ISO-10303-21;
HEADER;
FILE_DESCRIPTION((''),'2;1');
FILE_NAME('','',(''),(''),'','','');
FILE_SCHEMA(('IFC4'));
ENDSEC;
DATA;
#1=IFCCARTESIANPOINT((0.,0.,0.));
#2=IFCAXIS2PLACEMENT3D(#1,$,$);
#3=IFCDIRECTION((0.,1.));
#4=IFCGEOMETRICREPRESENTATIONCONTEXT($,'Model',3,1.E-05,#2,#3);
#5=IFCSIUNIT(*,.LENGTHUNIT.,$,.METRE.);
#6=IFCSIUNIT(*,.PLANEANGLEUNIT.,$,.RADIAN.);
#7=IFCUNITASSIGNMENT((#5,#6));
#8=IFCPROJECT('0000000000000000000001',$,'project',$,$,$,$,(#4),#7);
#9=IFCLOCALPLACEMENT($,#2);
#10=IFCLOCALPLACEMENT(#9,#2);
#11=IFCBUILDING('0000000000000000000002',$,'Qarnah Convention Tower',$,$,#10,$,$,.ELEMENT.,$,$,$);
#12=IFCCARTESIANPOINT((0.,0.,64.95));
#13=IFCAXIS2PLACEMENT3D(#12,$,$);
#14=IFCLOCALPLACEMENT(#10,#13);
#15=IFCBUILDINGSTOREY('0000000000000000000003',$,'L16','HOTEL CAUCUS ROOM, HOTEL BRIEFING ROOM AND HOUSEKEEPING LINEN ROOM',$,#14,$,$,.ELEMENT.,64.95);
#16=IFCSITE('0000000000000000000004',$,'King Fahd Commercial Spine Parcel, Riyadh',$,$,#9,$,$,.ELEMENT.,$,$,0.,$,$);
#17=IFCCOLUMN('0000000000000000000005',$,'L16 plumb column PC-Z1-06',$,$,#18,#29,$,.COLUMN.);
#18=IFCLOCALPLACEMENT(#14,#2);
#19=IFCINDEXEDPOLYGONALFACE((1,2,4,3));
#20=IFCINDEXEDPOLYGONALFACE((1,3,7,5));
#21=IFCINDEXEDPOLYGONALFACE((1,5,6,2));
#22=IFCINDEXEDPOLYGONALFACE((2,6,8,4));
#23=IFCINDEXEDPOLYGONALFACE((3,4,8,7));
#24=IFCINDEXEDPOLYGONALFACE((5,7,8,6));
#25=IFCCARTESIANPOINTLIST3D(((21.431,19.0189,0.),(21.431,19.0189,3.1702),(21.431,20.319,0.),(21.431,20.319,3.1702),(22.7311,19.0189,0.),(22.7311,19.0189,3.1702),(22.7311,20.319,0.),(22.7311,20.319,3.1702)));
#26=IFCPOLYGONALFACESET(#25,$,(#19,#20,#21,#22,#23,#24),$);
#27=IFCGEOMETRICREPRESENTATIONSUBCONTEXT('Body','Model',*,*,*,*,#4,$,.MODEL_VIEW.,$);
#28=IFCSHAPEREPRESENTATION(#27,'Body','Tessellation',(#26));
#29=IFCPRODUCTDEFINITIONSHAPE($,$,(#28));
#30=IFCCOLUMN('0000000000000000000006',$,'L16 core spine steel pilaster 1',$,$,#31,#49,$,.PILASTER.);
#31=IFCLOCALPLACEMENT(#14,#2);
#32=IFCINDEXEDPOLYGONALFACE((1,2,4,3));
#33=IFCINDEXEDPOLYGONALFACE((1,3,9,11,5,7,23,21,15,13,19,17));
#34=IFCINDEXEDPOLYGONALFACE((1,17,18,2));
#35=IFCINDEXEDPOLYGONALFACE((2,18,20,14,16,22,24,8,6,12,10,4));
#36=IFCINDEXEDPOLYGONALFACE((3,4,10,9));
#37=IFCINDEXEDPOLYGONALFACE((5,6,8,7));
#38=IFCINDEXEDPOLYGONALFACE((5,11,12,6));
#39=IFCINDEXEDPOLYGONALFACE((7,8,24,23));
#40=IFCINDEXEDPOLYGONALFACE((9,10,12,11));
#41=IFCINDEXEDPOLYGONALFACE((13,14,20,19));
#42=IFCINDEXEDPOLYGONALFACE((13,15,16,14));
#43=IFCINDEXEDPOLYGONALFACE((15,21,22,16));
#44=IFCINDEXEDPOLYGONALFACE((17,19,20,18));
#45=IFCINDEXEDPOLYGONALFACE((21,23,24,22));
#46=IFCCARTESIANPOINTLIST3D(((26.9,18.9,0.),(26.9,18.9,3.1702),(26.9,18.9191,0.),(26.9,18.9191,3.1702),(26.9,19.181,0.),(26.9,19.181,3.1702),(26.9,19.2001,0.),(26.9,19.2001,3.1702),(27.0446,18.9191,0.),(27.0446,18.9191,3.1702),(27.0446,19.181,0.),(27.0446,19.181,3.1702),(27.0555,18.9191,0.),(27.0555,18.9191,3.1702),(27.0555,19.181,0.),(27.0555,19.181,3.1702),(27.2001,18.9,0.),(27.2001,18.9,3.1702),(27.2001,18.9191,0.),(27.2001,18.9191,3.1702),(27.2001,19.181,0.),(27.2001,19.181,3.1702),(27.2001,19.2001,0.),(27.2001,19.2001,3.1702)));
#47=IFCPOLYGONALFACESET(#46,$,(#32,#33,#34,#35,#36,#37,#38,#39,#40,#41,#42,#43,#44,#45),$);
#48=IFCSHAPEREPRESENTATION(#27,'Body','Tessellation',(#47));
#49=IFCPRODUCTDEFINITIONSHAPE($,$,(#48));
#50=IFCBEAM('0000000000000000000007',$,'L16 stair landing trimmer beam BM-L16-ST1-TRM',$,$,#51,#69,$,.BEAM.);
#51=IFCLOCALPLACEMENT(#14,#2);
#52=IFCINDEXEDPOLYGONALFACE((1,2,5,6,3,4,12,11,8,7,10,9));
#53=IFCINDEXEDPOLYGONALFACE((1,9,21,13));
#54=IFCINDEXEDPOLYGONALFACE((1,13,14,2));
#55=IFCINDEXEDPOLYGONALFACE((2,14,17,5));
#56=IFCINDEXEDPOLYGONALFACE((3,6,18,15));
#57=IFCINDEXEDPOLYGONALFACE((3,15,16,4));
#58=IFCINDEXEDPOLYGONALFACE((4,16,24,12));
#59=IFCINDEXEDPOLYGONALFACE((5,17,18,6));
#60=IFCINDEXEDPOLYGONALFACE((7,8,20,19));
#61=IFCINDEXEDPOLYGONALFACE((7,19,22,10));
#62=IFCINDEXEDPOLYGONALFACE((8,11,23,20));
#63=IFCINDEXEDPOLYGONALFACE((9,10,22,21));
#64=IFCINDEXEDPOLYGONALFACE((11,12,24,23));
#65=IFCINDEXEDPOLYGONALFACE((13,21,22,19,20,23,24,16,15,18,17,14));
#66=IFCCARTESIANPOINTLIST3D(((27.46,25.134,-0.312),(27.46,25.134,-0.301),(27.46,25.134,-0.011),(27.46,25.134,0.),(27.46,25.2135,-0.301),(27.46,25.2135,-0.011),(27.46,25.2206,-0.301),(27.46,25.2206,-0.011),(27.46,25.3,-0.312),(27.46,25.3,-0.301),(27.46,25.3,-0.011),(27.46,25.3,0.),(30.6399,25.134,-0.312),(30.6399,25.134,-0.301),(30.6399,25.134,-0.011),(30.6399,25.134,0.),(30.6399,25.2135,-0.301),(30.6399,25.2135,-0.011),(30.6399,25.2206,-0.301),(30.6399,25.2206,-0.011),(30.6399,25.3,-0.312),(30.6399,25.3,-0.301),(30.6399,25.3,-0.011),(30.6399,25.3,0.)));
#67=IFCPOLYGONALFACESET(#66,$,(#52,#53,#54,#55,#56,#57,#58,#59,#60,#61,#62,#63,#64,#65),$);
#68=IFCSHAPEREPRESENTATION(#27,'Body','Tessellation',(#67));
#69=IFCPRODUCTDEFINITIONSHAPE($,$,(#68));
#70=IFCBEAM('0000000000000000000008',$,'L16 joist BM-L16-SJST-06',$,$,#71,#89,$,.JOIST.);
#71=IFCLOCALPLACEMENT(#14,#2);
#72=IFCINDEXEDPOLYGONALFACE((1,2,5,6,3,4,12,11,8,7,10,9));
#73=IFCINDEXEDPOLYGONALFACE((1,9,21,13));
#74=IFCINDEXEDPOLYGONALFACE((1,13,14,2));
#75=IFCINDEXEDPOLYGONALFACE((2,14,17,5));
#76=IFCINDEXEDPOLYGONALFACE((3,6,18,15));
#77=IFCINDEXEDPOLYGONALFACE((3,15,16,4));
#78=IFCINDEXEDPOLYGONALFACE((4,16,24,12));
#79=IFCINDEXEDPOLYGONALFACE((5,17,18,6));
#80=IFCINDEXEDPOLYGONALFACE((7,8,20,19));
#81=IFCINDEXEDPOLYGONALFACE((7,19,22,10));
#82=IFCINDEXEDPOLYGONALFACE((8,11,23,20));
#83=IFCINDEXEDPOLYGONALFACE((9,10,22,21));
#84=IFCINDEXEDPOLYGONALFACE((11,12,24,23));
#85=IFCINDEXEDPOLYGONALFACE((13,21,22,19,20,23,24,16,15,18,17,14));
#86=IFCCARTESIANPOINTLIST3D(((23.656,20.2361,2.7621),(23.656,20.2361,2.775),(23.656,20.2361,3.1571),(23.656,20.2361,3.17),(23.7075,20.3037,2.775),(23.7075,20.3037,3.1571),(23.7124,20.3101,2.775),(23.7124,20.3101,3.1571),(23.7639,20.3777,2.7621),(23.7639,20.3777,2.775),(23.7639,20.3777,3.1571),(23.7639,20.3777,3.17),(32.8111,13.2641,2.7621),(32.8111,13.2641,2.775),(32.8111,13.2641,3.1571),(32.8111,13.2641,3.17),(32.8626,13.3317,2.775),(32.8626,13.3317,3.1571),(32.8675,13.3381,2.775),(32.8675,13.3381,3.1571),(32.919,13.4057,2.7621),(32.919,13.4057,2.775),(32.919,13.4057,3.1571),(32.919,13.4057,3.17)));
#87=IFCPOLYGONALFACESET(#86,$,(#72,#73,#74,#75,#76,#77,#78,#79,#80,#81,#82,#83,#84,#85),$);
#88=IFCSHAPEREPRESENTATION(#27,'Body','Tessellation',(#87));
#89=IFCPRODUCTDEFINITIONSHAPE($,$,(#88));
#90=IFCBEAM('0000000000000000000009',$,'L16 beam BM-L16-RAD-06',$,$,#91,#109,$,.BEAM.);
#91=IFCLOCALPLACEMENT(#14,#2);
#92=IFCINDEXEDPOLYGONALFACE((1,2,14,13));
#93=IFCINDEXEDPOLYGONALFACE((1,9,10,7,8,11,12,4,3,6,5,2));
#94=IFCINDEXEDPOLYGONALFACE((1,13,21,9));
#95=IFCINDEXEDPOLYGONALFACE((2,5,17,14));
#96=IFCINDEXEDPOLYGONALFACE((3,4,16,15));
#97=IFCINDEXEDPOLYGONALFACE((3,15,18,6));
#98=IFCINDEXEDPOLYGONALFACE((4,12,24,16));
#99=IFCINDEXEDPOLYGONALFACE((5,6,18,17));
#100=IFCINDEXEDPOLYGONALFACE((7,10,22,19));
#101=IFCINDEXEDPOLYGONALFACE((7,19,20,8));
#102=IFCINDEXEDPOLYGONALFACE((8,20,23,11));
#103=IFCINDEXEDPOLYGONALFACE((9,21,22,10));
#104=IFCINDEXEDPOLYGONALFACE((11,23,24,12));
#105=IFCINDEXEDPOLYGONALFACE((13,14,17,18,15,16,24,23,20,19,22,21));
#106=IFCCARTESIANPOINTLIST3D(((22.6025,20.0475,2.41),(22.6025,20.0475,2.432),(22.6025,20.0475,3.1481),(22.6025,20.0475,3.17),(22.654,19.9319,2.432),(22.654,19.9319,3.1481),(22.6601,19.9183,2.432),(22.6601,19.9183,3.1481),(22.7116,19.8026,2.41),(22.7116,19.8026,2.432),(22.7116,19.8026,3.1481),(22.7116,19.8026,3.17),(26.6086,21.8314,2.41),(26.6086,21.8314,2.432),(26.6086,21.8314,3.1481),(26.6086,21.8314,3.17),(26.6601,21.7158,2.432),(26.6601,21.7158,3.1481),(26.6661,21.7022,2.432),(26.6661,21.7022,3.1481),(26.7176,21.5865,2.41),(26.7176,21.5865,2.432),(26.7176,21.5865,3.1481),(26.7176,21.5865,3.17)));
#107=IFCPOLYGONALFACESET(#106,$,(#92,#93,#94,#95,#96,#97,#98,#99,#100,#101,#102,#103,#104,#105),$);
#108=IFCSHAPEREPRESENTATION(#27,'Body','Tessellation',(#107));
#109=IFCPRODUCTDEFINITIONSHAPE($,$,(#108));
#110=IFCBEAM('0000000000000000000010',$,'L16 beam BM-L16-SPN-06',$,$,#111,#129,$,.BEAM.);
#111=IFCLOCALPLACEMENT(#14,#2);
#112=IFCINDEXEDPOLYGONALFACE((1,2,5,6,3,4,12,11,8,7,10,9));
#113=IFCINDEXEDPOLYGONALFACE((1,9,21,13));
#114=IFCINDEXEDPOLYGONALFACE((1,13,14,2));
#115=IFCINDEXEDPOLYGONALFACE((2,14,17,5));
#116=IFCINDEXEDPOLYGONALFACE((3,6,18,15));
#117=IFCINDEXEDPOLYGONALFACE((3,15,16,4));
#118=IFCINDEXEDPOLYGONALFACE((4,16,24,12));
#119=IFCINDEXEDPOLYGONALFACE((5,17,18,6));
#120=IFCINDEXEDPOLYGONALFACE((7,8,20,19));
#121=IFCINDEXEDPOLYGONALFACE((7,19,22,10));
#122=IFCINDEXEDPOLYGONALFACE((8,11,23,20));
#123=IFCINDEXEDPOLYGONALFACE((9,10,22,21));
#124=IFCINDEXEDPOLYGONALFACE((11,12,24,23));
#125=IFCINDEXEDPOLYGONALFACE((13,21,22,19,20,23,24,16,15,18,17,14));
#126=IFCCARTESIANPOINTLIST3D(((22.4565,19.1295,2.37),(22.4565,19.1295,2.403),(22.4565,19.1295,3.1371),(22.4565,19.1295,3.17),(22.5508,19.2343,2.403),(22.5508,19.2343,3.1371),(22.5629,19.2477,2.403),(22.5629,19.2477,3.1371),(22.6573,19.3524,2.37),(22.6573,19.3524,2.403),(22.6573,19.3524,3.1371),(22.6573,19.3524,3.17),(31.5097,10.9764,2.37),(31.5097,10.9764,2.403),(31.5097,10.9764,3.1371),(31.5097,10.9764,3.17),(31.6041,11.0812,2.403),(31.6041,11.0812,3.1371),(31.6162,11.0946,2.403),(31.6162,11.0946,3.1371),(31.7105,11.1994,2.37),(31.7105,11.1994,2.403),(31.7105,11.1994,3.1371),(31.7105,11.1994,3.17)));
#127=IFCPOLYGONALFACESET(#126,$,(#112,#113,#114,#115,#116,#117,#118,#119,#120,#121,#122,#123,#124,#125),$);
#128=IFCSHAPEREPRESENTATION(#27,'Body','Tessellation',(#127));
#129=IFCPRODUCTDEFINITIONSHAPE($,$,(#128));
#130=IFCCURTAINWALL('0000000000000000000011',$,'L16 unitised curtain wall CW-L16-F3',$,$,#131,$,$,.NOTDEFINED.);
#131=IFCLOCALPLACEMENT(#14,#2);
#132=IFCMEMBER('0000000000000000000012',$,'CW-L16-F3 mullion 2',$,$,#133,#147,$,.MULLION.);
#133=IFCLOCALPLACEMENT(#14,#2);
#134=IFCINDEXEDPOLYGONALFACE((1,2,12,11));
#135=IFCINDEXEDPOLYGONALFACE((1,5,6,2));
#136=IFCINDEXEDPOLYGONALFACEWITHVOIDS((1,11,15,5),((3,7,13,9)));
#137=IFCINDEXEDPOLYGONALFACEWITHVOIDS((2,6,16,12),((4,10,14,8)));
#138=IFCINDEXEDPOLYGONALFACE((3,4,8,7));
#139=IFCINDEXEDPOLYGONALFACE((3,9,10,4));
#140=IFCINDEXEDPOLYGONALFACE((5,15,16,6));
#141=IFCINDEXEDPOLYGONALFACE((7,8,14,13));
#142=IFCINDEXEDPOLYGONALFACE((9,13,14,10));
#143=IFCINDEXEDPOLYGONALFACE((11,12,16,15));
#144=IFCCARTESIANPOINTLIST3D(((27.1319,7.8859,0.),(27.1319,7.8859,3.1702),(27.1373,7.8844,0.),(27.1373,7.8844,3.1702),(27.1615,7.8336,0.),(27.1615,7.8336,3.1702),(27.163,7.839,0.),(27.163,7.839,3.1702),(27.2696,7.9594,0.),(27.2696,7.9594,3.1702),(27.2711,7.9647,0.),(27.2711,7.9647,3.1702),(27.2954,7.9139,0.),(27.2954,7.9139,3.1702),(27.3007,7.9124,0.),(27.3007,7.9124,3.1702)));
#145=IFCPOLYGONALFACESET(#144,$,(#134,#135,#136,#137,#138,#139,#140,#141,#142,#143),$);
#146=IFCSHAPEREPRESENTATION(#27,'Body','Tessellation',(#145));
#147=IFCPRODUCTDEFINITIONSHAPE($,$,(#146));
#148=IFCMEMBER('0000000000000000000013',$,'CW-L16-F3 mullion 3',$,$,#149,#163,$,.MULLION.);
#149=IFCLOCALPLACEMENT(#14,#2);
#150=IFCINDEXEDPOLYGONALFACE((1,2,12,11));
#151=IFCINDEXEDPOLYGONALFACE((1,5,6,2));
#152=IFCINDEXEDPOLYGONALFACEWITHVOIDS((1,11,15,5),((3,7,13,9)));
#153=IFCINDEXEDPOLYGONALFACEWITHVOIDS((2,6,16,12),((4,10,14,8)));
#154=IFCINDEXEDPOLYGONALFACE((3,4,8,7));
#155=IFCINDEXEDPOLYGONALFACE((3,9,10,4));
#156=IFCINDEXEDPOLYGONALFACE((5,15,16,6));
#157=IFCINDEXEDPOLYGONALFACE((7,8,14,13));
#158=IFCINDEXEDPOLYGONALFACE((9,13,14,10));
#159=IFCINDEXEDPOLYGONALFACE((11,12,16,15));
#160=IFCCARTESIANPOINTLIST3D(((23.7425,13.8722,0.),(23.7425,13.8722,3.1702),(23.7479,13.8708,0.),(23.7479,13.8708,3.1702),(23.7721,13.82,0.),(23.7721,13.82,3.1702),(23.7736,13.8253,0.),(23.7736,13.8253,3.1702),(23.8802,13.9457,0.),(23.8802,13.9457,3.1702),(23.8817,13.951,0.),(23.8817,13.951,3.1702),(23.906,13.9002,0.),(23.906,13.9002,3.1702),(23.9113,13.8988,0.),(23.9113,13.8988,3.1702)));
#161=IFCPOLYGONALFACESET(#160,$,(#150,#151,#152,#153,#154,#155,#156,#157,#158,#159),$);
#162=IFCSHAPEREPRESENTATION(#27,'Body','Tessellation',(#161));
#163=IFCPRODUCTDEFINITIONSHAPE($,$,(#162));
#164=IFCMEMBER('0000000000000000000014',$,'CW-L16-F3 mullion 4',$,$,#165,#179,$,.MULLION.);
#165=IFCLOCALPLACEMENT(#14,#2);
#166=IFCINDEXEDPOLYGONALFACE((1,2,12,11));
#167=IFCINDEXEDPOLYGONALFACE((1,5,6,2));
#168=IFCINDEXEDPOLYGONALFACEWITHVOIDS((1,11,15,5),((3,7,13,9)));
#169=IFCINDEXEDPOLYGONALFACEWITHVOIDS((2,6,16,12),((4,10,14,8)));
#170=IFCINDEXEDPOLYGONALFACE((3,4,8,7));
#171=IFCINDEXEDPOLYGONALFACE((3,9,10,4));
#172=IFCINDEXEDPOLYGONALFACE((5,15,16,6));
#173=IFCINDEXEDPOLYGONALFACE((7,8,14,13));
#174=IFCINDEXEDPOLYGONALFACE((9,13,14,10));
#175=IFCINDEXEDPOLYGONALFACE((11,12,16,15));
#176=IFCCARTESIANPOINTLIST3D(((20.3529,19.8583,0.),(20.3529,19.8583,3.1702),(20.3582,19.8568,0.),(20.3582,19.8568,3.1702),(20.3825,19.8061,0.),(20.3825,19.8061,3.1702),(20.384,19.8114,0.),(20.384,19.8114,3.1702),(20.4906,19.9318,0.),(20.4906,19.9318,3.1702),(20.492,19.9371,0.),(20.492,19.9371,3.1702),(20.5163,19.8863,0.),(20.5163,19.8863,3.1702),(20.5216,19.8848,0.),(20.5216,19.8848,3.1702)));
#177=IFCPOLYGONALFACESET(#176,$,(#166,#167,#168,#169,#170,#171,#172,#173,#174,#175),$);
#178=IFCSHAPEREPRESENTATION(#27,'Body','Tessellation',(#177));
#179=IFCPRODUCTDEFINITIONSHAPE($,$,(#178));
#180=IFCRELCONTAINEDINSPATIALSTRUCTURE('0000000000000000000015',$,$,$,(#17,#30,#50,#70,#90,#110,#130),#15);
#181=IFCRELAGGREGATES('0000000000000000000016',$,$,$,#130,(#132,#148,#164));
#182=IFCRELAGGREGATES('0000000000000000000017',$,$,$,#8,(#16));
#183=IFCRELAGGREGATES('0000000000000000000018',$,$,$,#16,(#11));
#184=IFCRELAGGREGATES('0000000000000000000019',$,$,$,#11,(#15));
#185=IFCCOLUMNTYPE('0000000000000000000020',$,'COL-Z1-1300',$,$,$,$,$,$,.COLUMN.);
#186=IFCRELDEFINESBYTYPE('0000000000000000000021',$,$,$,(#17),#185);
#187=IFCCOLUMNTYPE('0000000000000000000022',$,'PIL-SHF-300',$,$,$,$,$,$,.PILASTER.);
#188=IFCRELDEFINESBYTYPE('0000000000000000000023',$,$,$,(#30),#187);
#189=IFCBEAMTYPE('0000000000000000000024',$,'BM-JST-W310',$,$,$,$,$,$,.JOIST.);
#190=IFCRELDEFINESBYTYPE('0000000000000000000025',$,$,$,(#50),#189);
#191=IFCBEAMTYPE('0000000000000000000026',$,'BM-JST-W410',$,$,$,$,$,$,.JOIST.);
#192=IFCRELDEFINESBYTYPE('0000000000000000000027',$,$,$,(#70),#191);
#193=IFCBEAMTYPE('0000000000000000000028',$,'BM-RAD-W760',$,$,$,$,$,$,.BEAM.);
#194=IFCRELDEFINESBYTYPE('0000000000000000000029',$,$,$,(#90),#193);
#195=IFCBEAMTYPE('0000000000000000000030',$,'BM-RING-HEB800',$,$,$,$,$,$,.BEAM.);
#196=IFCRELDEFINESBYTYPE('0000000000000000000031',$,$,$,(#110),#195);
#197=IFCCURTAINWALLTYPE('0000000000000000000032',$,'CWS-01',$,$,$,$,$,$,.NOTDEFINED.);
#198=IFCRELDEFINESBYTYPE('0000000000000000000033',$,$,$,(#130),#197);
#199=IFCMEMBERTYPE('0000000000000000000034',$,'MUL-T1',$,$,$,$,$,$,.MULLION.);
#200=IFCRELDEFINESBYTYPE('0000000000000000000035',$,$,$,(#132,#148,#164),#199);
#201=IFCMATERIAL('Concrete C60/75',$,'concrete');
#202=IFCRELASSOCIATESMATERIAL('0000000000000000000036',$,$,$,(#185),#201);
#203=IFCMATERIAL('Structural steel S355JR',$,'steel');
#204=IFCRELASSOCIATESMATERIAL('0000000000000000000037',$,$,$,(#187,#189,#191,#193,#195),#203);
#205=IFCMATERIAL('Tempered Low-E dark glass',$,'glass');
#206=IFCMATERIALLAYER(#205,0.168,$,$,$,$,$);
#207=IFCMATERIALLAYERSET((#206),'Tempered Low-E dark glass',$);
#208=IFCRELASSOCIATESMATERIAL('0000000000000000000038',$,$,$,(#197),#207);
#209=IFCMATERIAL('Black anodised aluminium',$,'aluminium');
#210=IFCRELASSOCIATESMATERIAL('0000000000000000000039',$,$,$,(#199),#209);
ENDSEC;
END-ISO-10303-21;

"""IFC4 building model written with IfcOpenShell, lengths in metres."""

from ifc_helpers import new_model, si_unit, direction, frame, origin, origin_2d, place, context, subcontext, project, spatial, rectangle, hollow_rectangle, i_section, extrude, material, layer, layer_set, material_profile, profile_set, type_object, element, aggregate, save


model = new_model("IFC4")

# Units and contexts
model_context = context("Model", 3, precision=1e-05, world=origin(), true_north=direction((0.0, 1.0)))
body_context = subcontext(model_context, "Body", "Model", "MODEL_VIEW")
ifc_project = project(units=[si_unit("LENGTHUNIT", "METRE"), si_unit("PLANEANGLEUNIT", "RADIAN")], contexts=[model_context])

# Site, building, storey
site_placement = place(None, origin())
site = spatial("IfcSite", under=ifc_project, at=site_placement, Name="King Fahd Commercial Spine Parcel, Riyadh", CompositionType="ELEMENT", RefElevation=0.0)
building_placement = place(site_placement, origin())
building = spatial("IfcBuilding", under=site, at=building_placement, Name="Qarnah Convention Tower", CompositionType="ELEMENT")
storey_placement = place(building_placement, frame((0.0, 0.0, 64.95)))
storey = spatial("IfcBuildingStorey", under=building, at=storey_placement, Name="L16", Description="HOTEL CAUCUS ROOM, HOTEL BRIEFING ROOM AND HOUSEKEEPING LINEN ROOM", CompositionType="ELEMENT", Elevation=64.95)

# Columns
ifc_material_1 = material(Name="Concrete C60/75", Category="concrete")
ifc_material_profile_1 = material_profile(ifc_material_1, rectangle(XDim=1.3, YDim=1.3, at=origin_2d()), Name="RC-COL-1300X1300")
ifc_profile_set_1 = profile_set([ifc_material_profile_1], Name="Concrete C60/75")
column_type_1 = type_object("IfcColumnType", Name="COL-Z1-1300", PredefinedType="COLUMN", material=ifc_profile_set_1)
column_1_placement = place(storey_placement, frame((22.0811, 19.6689, 0.0), z_axis=(0.0, 0.0, 1.0), x_axis=(1.0, 0.0, 0.0)))
element("IfcColumn", 1, at=column_1_placement, inside=storey, type_object=column_type_1, Name="L16 plumb column PC-Z1-06", PredefinedType="COLUMN", context=body_context, shape_type="SweptSolid", body=[
    extrude(rectangle(XDim=1.3, YDim=1.3, at=origin_2d()), origin(), (0.0, 0.0, 1.0), 3.1702),
])
ifc_material_2 = material(Name="Structural steel S355JR", Category="steel")
ifc_material_profile_2 = material_profile(ifc_material_2, i_section(OverallWidth=0.3, OverallDepth=0.3, WebThickness=0.011, FlangeThickness=0.019, at=origin_2d()), Name="HEB300")
ifc_profile_set_2 = profile_set([ifc_material_profile_2], Name="Structural steel S355JR")
column_type_2 = type_object("IfcColumnType", Name="PIL-SHF-300", PredefinedType="PILASTER", material=ifc_profile_set_2)
column_2_placement = place(storey_placement, frame((27.05, 19.05, 0.0), z_axis=(0.0, 0.0, 1.0), x_axis=(1.0, 0.0, 0.0)))
element("IfcColumn", 2, at=column_2_placement, inside=storey, type_object=column_type_2, Name="L16 core spine steel pilaster 1", PredefinedType="PILASTER", context=body_context, shape_type="SweptSolid", body=[
    extrude(i_section(OverallWidth=0.3, OverallDepth=0.3, WebThickness=0.011, FlangeThickness=0.019, at=origin_2d()), origin(), (0.0, 0.0, 1.0), 3.1702),
])

# Beams
ifc_material_profile_3 = material_profile(ifc_material_2, i_section(OverallWidth=0.166, OverallDepth=0.312, WebThickness=0.0071, FlangeThickness=0.011, at=origin_2d()), Name="W310X45")
ifc_profile_set_3 = profile_set([ifc_material_profile_3], Name="Structural steel S355JR")
beam_type_1 = type_object("IfcBeamType", Name="BM-JST-W310", PredefinedType="JOIST", material=ifc_profile_set_3)
beam_1_placement = place(storey_placement, frame((27.46, 25.217, -0.156), z_axis=(1.0, 0.0, 0.0), x_axis=(0.0, 1.0, 0.0)))
element("IfcBeam", 3, at=beam_1_placement, inside=storey, type_object=beam_type_1, Name="L16 stair landing trimmer beam BM-L16-ST1-TRM", PredefinedType="BEAM", context=body_context, shape_type="SweptSolid", body=[
    extrude(i_section(OverallWidth=0.166, OverallDepth=0.312, WebThickness=0.0071, FlangeThickness=0.011, at=origin_2d()), origin(), (0.0, 0.0, 1.0), 3.1799),
])
ifc_material_profile_4 = material_profile(ifc_material_2, i_section(OverallWidth=0.178, OverallDepth=0.408, WebThickness=0.0081, FlangeThickness=0.0129, at=origin_2d()), Name="W410X60")
ifc_profile_set_4 = profile_set([ifc_material_profile_4], Name="Structural steel S355JR")
beam_type_2 = type_object("IfcBeamType", Name="BM-JST-W410", PredefinedType="JOIST", material=ifc_profile_set_4)
beam_2_placement = place(storey_placement, frame((23.71, 20.3069, 2.9661), z_axis=(0.795571, -0.60586, 0.0), x_axis=(0.60586, 0.795571, 0.0)))
element("IfcBeam", 4, at=beam_2_placement, inside=storey, type_object=beam_type_2, Name="L16 joist BM-L16-SJST-06", PredefinedType="JOIST", context=body_context, shape_type="SweptSolid", body=[
    extrude(i_section(OverallWidth=0.178, OverallDepth=0.408, WebThickness=0.0081, FlangeThickness=0.0129, at=origin_2d()), origin(), (0.0, 0.0, 1.0), 11.5076),
])
ifc_material_profile_5 = material_profile(ifc_material_2, i_section(OverallWidth=0.2681, OverallDepth=0.76, WebThickness=0.0149, FlangeThickness=0.022, at=origin_2d()), Name="W760X185")
ifc_profile_set_5 = profile_set([ifc_material_profile_5], Name="Structural steel S355JR")
beam_type_3 = type_object("IfcBeamType", Name="BM-RAD-W760", PredefinedType="BEAM", material=ifc_profile_set_5)
beam_3_placement = place(storey_placement, frame((26.6631, 21.709, 2.79), z_axis=(-0.91352, -0.406794, 0.0), x_axis=(0.406794, -0.91352, 0.0)))
element("IfcBeam", 5, at=beam_3_placement, inside=storey, type_object=beam_type_3, Name="L16 beam BM-L16-RAD-06", PredefinedType="BEAM", context=body_context, shape_type="SweptSolid", body=[
    extrude(i_section(OverallWidth=0.2681, OverallDepth=0.76, WebThickness=0.0149, FlangeThickness=0.022, at=origin_2d()), origin(), (0.0, 0.0, 1.0), 4.3853),
])
ifc_material_profile_6 = material_profile(ifc_material_2, i_section(OverallWidth=0.3, OverallDepth=0.8, WebThickness=0.0181, FlangeThickness=0.033, at=origin_2d()), Name="HEB800")
ifc_profile_set_6 = profile_set([ifc_material_profile_6], Name="Structural steel S355JR")
beam_type_4 = type_object("IfcBeamType", Name="BM-RING-HEB800", PredefinedType="BEAM", material=ifc_profile_set_6)
beam_4_placement = place(storey_placement, frame((22.5569, 19.241, 2.77), z_axis=(0.743083, -0.669199, 0.0), x_axis=(0.669199, 0.743083, 0.0)))
element("IfcBeam", 6, at=beam_4_placement, inside=storey, type_object=beam_type_4, Name="L16 beam BM-L16-SPN-06", PredefinedType="BEAM", context=body_context, shape_type="SweptSolid", body=[
    extrude(i_section(OverallWidth=0.3, OverallDepth=0.8, WebThickness=0.0181, FlangeThickness=0.033, at=origin_2d()), origin(), (0.0, 0.0, 1.0), 12.1833),
])

# Curtain wall, members
ifc_material_3 = material(Name="Tempered Low-E dark glass", Category="glass")
ifc_layer_1 = layer(ifc_material_3, 0.168)
ifc_layer_set_1 = layer_set([ifc_layer_1], Name="Tempered Low-E dark glass")
curtain_wall_type = type_object("IfcCurtainWallType", Name="CWS-01", PredefinedType="NOTDEFINED", material=ifc_layer_set_1)
curtain_wall_placement = place(storey_placement, origin())
curtain_wall = element("IfcCurtainWall", 7, at=curtain_wall_placement, inside=storey, type_object=curtain_wall_type, Name="L16 unitised curtain wall CW-L16-F3", PredefinedType="NOTDEFINED")
ifc_material_4 = material(Name="Black anodised aluminium", Category="aluminium")
ifc_material_profile_7 = material_profile(ifc_material_4, hollow_rectangle(XDim=0.0601, YDim=0.1599, WallThickness=0.0039, at=origin_2d()), Name="MUL-60X160")
ifc_profile_set_7 = profile_set([ifc_material_profile_7], Name="Black anodised aluminium")
member_type = type_object("IfcMemberType", Name="MUL-T1", PredefinedType="MULLION", material=ifc_profile_set_7)
member_1_placement = place(storey_placement, frame((27.2163, 7.8992, 0.0), z_axis=(0.0, 0.0, 1.0), x_axis=(-0.492729, 0.870183, 0.0)))
member_1 = element("IfcMember", 8, at=member_1_placement, type_object=member_type, Name="CW-L16-F3 mullion 2", PredefinedType="MULLION", context=body_context, shape_type="SweptSolid", body=[
    extrude(hollow_rectangle(XDim=0.0601, YDim=0.1599, WallThickness=0.0039, at=origin_2d()), origin(), (0.0, 0.0, 1.0), 3.1702),
])
member_2_placement = place(storey_placement, frame((23.8269, 13.8855, 0.0), z_axis=(0.0, 0.0, 1.0), x_axis=(-0.492729, 0.870183, 0.0)))
member_2 = element("IfcMember", 9, at=member_2_placement, type_object=member_type, Name="CW-L16-F3 mullion 3", PredefinedType="MULLION", context=body_context, shape_type="SweptSolid", body=[
    extrude(hollow_rectangle(XDim=0.0601, YDim=0.1599, WallThickness=0.0039, at=origin_2d()), origin(), (0.0, 0.0, 1.0), 3.1702),
])
member_3_placement = place(storey_placement, frame((20.4373, 19.8716, 0.0), z_axis=(0.0, 0.0, 1.0), x_axis=(-0.492729, 0.870183, 0.0)))
member_3 = element("IfcMember", 10, at=member_3_placement, type_object=member_type, Name="CW-L16-F3 mullion 4", PredefinedType="MULLION", context=body_context, shape_type="SweptSolid", body=[
    extrude(hollow_rectangle(XDim=0.0601, YDim=0.1599, WallThickness=0.0039, at=origin_2d()), origin(), (0.0, 0.0, 1.0), 3.1702),
])
aggregate(curtain_wall, [member_1, member_2, member_3])

save(model, "model.ifc")
